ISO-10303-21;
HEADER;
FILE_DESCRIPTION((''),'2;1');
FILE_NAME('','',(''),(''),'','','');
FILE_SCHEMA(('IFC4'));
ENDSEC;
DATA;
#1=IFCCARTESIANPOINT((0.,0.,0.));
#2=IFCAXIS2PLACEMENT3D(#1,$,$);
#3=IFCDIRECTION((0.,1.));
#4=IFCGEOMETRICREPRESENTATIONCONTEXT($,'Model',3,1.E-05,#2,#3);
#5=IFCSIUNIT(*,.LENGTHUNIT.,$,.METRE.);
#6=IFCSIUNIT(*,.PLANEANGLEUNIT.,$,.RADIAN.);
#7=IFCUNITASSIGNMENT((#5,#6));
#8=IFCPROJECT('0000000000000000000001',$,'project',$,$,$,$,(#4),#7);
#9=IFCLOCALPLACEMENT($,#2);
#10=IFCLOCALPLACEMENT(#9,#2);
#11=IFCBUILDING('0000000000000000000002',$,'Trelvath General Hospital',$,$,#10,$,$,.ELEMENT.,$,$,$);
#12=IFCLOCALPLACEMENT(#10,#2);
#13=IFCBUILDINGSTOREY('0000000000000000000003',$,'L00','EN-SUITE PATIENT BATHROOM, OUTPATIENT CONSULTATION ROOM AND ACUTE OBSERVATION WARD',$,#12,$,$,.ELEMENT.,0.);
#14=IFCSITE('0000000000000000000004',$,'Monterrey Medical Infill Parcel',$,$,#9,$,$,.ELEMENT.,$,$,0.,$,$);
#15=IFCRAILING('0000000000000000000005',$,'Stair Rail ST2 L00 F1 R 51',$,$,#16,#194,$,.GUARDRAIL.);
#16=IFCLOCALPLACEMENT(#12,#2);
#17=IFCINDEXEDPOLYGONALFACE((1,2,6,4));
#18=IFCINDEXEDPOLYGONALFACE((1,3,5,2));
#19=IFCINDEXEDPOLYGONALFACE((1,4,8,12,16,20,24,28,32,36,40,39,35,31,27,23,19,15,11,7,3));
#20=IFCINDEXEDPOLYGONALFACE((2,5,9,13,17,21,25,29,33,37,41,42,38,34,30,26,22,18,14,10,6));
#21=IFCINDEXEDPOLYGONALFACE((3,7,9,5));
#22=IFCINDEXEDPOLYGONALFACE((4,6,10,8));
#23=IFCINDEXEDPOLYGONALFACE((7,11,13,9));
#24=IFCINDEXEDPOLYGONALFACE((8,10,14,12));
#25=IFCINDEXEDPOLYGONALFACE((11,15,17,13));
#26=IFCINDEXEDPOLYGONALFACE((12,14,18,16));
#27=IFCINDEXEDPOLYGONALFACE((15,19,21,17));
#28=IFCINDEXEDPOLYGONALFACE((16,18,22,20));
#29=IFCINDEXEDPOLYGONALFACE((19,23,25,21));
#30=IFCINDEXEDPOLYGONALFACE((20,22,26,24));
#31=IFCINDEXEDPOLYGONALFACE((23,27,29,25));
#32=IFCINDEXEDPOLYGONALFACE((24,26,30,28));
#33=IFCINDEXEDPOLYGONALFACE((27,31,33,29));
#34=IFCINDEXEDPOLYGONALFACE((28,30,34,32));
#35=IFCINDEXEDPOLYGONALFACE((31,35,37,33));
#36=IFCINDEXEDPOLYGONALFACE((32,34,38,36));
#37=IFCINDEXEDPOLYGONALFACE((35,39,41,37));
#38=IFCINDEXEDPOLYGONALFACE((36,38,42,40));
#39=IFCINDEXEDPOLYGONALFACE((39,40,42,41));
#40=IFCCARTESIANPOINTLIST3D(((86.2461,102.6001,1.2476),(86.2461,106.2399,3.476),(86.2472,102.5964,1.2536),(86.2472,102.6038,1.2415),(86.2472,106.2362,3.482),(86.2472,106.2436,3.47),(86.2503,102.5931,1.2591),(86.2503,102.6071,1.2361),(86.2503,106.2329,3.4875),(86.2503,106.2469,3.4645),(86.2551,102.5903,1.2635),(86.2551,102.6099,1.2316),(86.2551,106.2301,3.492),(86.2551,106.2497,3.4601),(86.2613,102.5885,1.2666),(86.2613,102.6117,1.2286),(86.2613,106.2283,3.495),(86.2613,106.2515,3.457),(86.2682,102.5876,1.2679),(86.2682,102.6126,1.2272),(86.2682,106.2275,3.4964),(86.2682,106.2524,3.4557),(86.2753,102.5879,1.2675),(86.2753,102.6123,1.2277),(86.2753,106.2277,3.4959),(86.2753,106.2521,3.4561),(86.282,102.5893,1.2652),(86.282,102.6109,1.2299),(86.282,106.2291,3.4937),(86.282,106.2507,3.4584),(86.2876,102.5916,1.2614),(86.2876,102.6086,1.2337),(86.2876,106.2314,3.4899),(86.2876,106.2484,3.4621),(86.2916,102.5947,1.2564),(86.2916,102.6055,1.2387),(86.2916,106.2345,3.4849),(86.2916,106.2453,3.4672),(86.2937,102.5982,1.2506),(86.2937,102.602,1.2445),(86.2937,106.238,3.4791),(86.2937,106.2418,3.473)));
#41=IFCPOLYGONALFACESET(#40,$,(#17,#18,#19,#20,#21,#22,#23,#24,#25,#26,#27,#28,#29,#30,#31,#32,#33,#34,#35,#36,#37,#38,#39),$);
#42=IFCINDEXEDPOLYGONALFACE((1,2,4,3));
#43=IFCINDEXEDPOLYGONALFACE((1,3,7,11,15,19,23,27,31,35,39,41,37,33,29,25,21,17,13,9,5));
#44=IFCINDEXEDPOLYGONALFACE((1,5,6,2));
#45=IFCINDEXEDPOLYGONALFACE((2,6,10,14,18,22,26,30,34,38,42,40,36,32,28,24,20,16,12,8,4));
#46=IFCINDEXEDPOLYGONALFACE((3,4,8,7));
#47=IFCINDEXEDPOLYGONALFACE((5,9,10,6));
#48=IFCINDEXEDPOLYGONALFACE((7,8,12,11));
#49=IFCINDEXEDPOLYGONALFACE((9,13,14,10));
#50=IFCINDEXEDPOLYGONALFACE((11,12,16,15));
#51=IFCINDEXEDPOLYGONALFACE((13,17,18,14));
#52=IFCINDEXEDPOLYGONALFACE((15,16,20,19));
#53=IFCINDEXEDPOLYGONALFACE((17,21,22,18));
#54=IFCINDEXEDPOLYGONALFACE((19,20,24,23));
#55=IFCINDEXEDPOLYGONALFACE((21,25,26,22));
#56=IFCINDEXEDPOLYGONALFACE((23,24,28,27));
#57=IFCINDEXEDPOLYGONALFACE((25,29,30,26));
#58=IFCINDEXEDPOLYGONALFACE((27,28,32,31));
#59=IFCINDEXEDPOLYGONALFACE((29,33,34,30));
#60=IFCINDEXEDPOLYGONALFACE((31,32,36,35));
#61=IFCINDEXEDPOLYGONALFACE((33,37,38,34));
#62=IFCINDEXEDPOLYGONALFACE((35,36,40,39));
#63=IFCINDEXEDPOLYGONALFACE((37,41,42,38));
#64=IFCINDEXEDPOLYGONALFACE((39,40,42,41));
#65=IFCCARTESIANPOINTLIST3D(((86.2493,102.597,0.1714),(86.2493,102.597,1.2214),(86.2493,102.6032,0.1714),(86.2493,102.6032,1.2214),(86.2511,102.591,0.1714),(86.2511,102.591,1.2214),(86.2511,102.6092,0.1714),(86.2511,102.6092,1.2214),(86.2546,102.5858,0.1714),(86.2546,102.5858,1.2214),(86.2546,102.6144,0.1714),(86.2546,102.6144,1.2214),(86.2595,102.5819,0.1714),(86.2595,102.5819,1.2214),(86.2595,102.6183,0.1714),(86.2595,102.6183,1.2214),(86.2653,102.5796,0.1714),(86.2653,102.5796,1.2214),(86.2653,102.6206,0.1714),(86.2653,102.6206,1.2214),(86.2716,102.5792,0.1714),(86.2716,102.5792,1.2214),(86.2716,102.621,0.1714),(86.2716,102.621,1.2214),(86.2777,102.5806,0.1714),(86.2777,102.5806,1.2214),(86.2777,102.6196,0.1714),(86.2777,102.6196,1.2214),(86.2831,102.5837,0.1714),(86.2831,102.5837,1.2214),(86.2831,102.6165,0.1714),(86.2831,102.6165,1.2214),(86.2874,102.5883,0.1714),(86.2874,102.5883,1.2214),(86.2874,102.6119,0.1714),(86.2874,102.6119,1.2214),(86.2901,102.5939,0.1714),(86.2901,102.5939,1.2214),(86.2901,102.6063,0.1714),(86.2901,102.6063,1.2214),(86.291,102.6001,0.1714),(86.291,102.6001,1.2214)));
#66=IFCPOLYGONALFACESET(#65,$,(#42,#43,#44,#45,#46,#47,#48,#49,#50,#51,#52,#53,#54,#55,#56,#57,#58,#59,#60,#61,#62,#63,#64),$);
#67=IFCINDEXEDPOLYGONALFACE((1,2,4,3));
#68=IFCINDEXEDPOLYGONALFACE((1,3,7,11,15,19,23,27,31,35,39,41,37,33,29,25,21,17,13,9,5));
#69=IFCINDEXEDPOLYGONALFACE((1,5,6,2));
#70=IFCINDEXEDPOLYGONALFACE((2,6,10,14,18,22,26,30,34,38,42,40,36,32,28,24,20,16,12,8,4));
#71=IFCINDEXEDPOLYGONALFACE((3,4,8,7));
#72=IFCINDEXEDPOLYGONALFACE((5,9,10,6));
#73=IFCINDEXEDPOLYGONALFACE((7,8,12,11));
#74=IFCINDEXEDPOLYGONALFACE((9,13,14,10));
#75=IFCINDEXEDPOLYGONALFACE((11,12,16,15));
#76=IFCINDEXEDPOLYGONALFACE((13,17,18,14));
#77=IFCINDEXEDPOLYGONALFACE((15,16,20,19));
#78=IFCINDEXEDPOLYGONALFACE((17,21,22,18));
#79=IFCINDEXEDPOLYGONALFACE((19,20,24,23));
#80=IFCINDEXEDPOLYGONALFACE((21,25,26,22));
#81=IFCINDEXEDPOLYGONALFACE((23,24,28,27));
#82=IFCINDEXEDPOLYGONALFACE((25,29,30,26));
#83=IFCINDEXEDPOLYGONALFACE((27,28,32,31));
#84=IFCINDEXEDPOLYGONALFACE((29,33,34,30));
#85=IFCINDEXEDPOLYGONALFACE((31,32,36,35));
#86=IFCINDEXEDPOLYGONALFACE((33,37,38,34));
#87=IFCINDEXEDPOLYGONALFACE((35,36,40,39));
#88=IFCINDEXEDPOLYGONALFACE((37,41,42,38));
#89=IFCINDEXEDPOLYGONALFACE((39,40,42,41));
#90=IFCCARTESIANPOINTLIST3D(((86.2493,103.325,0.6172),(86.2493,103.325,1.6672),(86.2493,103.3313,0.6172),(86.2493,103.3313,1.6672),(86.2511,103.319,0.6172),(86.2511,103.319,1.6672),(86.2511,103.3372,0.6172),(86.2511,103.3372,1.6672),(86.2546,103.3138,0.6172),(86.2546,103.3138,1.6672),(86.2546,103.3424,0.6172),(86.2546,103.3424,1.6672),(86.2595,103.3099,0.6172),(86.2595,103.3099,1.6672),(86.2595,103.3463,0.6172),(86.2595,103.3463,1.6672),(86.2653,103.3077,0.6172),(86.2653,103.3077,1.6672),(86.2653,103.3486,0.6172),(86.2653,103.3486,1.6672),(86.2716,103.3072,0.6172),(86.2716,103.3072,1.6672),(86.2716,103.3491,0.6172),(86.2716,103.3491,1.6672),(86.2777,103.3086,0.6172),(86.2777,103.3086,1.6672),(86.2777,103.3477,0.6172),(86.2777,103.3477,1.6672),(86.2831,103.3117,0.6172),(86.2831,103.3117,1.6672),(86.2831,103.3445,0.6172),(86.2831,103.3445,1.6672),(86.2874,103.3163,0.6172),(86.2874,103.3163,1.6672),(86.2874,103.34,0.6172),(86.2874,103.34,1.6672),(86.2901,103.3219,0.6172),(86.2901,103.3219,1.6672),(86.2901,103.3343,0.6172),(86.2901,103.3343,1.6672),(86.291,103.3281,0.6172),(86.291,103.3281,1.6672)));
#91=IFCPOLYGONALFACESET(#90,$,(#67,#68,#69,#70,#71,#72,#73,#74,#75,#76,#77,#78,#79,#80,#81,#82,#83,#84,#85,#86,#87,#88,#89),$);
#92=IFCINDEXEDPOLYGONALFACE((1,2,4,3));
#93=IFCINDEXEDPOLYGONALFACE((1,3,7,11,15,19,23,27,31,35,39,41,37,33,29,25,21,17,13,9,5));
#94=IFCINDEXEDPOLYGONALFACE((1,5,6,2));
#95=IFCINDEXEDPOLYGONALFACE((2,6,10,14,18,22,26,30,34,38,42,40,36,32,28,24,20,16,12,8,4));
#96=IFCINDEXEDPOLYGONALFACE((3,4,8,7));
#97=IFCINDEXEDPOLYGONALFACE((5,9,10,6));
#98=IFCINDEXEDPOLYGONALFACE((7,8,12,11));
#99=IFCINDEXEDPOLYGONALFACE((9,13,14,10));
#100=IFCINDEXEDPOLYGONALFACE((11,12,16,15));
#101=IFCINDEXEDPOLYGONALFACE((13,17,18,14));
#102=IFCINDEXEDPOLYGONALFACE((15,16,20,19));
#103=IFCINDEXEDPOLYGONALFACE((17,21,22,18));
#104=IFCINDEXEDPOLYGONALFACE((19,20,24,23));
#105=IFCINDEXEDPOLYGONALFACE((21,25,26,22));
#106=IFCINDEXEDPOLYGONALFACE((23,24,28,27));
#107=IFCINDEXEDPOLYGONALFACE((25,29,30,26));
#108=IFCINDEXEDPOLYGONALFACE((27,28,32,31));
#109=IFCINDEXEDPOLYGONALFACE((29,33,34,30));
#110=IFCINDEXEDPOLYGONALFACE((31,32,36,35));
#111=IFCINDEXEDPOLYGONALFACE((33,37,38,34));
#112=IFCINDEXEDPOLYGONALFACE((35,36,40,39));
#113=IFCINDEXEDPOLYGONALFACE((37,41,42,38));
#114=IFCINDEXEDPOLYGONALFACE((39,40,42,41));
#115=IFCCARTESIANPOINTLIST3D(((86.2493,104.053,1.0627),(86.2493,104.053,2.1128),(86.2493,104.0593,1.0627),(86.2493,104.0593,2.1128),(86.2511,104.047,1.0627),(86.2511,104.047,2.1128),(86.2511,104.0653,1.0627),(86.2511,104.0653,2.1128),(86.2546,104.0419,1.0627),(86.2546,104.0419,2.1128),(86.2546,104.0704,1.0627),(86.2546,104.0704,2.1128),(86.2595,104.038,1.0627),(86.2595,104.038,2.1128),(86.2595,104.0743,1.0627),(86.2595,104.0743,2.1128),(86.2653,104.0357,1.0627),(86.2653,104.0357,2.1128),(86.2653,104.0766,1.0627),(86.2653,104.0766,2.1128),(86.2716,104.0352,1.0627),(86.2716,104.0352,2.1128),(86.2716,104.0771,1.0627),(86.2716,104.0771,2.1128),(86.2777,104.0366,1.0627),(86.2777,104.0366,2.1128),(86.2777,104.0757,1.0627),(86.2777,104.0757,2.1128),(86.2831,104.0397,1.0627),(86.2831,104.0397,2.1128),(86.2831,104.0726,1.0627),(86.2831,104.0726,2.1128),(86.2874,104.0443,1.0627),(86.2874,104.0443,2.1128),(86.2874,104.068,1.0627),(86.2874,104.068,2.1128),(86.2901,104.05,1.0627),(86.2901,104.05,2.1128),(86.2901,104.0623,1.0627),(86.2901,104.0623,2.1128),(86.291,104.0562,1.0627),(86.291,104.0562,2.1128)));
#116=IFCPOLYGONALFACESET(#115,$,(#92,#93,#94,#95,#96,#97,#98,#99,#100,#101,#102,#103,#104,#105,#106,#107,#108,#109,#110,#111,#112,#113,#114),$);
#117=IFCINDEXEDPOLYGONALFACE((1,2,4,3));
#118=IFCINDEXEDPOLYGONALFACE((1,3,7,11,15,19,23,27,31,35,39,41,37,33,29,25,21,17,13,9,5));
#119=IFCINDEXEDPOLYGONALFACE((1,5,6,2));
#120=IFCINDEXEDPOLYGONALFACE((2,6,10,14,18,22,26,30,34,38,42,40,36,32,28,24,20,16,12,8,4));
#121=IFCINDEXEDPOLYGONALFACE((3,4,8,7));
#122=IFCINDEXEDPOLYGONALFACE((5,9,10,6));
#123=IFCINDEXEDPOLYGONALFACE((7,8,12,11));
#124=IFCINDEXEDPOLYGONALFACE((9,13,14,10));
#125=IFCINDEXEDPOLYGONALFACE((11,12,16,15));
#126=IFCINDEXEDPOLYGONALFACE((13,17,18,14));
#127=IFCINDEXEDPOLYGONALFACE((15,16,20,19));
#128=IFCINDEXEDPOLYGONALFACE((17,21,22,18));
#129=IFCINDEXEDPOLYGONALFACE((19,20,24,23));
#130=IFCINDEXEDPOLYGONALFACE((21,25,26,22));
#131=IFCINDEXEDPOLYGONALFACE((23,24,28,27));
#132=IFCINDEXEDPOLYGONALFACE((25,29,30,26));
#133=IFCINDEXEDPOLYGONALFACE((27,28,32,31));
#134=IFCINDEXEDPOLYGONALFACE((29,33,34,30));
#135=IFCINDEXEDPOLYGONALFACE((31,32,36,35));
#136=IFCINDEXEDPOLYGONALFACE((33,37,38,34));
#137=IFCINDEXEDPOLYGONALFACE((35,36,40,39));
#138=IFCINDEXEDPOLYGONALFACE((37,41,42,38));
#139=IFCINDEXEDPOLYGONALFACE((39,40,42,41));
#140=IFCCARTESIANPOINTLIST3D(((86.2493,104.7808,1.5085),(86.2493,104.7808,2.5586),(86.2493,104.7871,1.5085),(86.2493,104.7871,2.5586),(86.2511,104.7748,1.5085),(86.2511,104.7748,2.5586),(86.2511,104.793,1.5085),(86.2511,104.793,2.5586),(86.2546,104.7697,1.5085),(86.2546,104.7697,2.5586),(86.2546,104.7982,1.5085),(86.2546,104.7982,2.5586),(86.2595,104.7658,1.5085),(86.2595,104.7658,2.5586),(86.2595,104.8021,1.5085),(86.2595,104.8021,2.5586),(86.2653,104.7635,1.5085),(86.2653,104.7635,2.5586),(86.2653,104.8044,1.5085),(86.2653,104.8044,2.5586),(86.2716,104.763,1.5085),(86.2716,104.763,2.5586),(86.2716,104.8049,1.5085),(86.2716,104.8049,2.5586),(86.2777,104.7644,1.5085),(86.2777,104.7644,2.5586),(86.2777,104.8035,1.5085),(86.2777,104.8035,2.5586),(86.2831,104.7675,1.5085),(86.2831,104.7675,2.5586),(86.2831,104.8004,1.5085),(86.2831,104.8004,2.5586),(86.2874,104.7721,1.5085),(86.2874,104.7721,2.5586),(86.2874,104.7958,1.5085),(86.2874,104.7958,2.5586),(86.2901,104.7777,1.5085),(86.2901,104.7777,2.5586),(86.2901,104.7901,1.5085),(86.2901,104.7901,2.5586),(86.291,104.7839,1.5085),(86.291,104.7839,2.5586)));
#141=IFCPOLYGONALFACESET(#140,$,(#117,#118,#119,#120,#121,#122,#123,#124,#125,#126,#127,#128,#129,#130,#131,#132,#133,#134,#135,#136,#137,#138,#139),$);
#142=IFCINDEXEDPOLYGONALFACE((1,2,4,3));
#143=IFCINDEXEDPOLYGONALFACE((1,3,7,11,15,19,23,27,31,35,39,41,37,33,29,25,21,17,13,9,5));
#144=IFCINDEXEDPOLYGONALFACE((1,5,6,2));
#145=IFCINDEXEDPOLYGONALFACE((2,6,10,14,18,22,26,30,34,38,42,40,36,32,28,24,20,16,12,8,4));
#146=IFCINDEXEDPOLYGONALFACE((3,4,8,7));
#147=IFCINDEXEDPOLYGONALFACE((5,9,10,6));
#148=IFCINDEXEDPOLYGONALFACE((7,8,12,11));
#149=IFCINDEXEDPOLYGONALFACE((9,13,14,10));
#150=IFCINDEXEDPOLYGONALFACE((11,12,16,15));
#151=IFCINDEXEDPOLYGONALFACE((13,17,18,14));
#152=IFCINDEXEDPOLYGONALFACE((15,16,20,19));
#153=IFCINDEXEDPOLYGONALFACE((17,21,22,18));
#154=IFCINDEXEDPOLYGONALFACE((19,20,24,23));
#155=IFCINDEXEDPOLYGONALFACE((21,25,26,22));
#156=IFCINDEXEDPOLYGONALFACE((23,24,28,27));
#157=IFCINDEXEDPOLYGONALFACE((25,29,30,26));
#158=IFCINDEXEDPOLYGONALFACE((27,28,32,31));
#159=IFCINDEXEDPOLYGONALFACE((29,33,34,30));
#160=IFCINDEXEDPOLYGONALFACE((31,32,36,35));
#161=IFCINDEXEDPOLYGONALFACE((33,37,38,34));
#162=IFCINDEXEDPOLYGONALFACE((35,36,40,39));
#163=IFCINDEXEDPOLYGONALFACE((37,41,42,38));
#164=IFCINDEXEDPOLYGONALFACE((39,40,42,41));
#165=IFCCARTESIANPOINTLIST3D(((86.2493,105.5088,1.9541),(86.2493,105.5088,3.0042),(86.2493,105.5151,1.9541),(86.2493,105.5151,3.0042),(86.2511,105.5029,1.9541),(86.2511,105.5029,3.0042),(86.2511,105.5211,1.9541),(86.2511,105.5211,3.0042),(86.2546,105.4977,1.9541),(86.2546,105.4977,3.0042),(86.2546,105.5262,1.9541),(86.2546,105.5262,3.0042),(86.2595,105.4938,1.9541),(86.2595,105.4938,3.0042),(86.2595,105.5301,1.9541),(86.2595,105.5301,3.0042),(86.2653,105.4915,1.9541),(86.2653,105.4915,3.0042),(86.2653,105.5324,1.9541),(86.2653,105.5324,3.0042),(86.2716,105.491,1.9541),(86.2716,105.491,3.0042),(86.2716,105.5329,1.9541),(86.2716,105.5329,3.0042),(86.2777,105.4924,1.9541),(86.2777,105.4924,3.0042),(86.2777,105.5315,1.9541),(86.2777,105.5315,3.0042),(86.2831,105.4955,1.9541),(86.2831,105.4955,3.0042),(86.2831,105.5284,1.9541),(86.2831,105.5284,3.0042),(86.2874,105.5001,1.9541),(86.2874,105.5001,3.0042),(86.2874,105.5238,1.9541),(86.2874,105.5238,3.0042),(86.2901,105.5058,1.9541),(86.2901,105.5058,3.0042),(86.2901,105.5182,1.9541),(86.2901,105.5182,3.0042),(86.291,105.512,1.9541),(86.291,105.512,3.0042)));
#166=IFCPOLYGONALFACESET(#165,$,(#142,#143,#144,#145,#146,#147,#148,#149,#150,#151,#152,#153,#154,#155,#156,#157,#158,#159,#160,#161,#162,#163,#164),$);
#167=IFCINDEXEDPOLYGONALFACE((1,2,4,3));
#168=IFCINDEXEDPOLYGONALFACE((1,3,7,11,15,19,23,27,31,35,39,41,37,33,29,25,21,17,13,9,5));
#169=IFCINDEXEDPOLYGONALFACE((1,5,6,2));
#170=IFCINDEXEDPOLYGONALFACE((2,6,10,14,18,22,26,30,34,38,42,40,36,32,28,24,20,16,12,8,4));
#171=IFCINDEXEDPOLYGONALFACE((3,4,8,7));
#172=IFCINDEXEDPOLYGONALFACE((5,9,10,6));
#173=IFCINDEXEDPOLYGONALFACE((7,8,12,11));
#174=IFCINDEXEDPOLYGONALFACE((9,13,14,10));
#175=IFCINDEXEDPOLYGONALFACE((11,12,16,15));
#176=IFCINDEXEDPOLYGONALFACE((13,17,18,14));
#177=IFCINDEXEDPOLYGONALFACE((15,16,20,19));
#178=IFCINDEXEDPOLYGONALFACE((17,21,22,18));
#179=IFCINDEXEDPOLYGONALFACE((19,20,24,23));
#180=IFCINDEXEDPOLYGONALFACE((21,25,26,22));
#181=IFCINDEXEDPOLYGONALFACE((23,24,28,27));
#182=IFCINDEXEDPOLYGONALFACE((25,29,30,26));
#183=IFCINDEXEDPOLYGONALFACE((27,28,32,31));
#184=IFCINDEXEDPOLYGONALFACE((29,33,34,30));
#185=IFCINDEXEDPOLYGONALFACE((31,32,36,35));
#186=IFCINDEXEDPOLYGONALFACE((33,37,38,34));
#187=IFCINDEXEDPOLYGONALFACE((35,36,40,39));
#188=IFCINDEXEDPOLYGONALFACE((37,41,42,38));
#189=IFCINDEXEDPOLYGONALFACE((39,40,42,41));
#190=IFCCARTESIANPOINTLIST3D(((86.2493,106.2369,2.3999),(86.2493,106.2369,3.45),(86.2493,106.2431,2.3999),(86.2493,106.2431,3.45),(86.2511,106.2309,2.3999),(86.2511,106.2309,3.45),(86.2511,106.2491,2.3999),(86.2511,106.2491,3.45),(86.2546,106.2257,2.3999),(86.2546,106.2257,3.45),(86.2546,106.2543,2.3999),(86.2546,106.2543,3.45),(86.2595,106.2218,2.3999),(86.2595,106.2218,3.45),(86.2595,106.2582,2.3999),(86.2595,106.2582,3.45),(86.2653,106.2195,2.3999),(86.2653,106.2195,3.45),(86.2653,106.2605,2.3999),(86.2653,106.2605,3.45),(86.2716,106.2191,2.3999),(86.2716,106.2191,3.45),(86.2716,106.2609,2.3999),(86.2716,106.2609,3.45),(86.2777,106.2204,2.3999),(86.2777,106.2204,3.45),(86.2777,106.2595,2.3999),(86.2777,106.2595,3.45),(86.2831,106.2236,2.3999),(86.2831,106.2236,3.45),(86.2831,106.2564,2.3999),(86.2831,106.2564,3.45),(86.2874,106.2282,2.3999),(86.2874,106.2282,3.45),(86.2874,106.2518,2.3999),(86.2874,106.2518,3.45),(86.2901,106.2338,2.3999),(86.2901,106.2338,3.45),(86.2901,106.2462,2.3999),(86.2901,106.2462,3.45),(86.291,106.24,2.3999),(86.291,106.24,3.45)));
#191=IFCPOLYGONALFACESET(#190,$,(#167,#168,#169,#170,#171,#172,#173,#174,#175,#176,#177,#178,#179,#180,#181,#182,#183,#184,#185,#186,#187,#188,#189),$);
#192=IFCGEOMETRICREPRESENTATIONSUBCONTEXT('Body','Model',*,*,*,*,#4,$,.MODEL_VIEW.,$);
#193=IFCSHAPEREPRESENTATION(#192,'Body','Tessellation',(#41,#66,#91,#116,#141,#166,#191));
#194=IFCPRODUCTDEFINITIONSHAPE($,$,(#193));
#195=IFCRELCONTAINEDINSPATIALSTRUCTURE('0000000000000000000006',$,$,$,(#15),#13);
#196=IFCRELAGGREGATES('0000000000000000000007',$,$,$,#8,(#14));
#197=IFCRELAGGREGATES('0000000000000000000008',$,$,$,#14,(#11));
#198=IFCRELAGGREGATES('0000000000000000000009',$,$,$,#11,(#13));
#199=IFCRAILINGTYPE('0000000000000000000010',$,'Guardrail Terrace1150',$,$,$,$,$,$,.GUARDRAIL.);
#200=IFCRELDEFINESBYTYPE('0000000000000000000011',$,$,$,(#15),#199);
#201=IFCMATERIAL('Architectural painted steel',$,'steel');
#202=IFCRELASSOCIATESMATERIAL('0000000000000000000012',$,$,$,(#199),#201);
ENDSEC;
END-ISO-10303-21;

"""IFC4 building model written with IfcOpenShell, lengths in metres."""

from ifc_helpers import new_model, si_unit, direction, frame, origin, origin_2d, place, context, subcontext, project, spatial, circle, extrude, material, type_object, element, save


model = new_model("IFC4")

# Units and contexts
model_context = context("Model", 3, precision=1e-05, world=origin(), true_north=direction((0.0, 1.0)))
body_context = subcontext(model_context, "Body", "Model", "MODEL_VIEW")
ifc_project = project(units=[si_unit("LENGTHUNIT", "METRE"), si_unit("PLANEANGLEUNIT", "RADIAN")], contexts=[model_context])

# Site, building, storey
site_placement = place(None, origin())
site = spatial("IfcSite", under=ifc_project, at=site_placement, Name="Monterrey Medical Infill Parcel", CompositionType="ELEMENT", RefElevation=0.0)
building_placement = place(site_placement, origin())
building = spatial("IfcBuilding", under=site, at=building_placement, Name="Trelvath General Hospital", CompositionType="ELEMENT")
storey_placement = place(building_placement, origin())
storey = spatial("IfcBuildingStorey", under=building, at=storey_placement, Name="L00", Description="EN-SUITE PATIENT BATHROOM, OUTPATIENT CONSULTATION ROOM AND ACUTE OBSERVATION WARD", CompositionType="ELEMENT", Elevation=0.0)

# Railing
ifc_material_1 = material(Name="Architectural painted steel", Category="steel")
railing_type_1 = type_object("IfcRailingType", Name="Guardrail Terrace1150", PredefinedType="GUARDRAIL", material=ifc_material_1)
railing_1_placement = place(storey_placement, frame((86.27, 102.6001, 0.1714)))
element("IfcRailing", 1, at=railing_1_placement, inside=storey, type_object=railing_type_1, Name="Stair Rail ST2 L00 F1 R 51", PredefinedType="GUARDRAIL", context=body_context, shape_type="SweptSolid", body=[
    extrude(circle(Radius=0.0239, at=origin_2d()), frame((0.0, 0.0, 1.0762), z_axis=(0.0, 0.85285, 0.522156), x_axis=(-1.0, 0.0, 0.0)), (0.0, 0.0, 1.0), 4.2678),
    extrude(circle(Radius=0.021, at=origin_2d()), origin(), (0.0, 0.0, 1.0), 1.05),
    extrude(circle(Radius=0.021, at=origin_2d()), frame((0.0, 0.728, 0.4458)), (0.0, 0.0, 1.0), 1.05),
    extrude(circle(Radius=0.021, at=origin_2d()), frame((0.0, 1.4561, 0.8914)), (0.0, 0.0, 1.0), 1.05),
    extrude(circle(Radius=0.021, at=origin_2d()), frame((0.0, 2.1838, 1.3372)), (0.0, 0.0, 1.0), 1.05),
    extrude(circle(Radius=0.021, at=origin_2d()), frame((0.0, 2.9119, 1.7827)), (0.0, 0.0, 1.0), 1.05),
    extrude(circle(Radius=0.021, at=origin_2d()), frame((0.0, 3.6399, 2.2285)), (0.0, 0.0, 1.0), 1.05),
])

save(model, "model.ifc")
